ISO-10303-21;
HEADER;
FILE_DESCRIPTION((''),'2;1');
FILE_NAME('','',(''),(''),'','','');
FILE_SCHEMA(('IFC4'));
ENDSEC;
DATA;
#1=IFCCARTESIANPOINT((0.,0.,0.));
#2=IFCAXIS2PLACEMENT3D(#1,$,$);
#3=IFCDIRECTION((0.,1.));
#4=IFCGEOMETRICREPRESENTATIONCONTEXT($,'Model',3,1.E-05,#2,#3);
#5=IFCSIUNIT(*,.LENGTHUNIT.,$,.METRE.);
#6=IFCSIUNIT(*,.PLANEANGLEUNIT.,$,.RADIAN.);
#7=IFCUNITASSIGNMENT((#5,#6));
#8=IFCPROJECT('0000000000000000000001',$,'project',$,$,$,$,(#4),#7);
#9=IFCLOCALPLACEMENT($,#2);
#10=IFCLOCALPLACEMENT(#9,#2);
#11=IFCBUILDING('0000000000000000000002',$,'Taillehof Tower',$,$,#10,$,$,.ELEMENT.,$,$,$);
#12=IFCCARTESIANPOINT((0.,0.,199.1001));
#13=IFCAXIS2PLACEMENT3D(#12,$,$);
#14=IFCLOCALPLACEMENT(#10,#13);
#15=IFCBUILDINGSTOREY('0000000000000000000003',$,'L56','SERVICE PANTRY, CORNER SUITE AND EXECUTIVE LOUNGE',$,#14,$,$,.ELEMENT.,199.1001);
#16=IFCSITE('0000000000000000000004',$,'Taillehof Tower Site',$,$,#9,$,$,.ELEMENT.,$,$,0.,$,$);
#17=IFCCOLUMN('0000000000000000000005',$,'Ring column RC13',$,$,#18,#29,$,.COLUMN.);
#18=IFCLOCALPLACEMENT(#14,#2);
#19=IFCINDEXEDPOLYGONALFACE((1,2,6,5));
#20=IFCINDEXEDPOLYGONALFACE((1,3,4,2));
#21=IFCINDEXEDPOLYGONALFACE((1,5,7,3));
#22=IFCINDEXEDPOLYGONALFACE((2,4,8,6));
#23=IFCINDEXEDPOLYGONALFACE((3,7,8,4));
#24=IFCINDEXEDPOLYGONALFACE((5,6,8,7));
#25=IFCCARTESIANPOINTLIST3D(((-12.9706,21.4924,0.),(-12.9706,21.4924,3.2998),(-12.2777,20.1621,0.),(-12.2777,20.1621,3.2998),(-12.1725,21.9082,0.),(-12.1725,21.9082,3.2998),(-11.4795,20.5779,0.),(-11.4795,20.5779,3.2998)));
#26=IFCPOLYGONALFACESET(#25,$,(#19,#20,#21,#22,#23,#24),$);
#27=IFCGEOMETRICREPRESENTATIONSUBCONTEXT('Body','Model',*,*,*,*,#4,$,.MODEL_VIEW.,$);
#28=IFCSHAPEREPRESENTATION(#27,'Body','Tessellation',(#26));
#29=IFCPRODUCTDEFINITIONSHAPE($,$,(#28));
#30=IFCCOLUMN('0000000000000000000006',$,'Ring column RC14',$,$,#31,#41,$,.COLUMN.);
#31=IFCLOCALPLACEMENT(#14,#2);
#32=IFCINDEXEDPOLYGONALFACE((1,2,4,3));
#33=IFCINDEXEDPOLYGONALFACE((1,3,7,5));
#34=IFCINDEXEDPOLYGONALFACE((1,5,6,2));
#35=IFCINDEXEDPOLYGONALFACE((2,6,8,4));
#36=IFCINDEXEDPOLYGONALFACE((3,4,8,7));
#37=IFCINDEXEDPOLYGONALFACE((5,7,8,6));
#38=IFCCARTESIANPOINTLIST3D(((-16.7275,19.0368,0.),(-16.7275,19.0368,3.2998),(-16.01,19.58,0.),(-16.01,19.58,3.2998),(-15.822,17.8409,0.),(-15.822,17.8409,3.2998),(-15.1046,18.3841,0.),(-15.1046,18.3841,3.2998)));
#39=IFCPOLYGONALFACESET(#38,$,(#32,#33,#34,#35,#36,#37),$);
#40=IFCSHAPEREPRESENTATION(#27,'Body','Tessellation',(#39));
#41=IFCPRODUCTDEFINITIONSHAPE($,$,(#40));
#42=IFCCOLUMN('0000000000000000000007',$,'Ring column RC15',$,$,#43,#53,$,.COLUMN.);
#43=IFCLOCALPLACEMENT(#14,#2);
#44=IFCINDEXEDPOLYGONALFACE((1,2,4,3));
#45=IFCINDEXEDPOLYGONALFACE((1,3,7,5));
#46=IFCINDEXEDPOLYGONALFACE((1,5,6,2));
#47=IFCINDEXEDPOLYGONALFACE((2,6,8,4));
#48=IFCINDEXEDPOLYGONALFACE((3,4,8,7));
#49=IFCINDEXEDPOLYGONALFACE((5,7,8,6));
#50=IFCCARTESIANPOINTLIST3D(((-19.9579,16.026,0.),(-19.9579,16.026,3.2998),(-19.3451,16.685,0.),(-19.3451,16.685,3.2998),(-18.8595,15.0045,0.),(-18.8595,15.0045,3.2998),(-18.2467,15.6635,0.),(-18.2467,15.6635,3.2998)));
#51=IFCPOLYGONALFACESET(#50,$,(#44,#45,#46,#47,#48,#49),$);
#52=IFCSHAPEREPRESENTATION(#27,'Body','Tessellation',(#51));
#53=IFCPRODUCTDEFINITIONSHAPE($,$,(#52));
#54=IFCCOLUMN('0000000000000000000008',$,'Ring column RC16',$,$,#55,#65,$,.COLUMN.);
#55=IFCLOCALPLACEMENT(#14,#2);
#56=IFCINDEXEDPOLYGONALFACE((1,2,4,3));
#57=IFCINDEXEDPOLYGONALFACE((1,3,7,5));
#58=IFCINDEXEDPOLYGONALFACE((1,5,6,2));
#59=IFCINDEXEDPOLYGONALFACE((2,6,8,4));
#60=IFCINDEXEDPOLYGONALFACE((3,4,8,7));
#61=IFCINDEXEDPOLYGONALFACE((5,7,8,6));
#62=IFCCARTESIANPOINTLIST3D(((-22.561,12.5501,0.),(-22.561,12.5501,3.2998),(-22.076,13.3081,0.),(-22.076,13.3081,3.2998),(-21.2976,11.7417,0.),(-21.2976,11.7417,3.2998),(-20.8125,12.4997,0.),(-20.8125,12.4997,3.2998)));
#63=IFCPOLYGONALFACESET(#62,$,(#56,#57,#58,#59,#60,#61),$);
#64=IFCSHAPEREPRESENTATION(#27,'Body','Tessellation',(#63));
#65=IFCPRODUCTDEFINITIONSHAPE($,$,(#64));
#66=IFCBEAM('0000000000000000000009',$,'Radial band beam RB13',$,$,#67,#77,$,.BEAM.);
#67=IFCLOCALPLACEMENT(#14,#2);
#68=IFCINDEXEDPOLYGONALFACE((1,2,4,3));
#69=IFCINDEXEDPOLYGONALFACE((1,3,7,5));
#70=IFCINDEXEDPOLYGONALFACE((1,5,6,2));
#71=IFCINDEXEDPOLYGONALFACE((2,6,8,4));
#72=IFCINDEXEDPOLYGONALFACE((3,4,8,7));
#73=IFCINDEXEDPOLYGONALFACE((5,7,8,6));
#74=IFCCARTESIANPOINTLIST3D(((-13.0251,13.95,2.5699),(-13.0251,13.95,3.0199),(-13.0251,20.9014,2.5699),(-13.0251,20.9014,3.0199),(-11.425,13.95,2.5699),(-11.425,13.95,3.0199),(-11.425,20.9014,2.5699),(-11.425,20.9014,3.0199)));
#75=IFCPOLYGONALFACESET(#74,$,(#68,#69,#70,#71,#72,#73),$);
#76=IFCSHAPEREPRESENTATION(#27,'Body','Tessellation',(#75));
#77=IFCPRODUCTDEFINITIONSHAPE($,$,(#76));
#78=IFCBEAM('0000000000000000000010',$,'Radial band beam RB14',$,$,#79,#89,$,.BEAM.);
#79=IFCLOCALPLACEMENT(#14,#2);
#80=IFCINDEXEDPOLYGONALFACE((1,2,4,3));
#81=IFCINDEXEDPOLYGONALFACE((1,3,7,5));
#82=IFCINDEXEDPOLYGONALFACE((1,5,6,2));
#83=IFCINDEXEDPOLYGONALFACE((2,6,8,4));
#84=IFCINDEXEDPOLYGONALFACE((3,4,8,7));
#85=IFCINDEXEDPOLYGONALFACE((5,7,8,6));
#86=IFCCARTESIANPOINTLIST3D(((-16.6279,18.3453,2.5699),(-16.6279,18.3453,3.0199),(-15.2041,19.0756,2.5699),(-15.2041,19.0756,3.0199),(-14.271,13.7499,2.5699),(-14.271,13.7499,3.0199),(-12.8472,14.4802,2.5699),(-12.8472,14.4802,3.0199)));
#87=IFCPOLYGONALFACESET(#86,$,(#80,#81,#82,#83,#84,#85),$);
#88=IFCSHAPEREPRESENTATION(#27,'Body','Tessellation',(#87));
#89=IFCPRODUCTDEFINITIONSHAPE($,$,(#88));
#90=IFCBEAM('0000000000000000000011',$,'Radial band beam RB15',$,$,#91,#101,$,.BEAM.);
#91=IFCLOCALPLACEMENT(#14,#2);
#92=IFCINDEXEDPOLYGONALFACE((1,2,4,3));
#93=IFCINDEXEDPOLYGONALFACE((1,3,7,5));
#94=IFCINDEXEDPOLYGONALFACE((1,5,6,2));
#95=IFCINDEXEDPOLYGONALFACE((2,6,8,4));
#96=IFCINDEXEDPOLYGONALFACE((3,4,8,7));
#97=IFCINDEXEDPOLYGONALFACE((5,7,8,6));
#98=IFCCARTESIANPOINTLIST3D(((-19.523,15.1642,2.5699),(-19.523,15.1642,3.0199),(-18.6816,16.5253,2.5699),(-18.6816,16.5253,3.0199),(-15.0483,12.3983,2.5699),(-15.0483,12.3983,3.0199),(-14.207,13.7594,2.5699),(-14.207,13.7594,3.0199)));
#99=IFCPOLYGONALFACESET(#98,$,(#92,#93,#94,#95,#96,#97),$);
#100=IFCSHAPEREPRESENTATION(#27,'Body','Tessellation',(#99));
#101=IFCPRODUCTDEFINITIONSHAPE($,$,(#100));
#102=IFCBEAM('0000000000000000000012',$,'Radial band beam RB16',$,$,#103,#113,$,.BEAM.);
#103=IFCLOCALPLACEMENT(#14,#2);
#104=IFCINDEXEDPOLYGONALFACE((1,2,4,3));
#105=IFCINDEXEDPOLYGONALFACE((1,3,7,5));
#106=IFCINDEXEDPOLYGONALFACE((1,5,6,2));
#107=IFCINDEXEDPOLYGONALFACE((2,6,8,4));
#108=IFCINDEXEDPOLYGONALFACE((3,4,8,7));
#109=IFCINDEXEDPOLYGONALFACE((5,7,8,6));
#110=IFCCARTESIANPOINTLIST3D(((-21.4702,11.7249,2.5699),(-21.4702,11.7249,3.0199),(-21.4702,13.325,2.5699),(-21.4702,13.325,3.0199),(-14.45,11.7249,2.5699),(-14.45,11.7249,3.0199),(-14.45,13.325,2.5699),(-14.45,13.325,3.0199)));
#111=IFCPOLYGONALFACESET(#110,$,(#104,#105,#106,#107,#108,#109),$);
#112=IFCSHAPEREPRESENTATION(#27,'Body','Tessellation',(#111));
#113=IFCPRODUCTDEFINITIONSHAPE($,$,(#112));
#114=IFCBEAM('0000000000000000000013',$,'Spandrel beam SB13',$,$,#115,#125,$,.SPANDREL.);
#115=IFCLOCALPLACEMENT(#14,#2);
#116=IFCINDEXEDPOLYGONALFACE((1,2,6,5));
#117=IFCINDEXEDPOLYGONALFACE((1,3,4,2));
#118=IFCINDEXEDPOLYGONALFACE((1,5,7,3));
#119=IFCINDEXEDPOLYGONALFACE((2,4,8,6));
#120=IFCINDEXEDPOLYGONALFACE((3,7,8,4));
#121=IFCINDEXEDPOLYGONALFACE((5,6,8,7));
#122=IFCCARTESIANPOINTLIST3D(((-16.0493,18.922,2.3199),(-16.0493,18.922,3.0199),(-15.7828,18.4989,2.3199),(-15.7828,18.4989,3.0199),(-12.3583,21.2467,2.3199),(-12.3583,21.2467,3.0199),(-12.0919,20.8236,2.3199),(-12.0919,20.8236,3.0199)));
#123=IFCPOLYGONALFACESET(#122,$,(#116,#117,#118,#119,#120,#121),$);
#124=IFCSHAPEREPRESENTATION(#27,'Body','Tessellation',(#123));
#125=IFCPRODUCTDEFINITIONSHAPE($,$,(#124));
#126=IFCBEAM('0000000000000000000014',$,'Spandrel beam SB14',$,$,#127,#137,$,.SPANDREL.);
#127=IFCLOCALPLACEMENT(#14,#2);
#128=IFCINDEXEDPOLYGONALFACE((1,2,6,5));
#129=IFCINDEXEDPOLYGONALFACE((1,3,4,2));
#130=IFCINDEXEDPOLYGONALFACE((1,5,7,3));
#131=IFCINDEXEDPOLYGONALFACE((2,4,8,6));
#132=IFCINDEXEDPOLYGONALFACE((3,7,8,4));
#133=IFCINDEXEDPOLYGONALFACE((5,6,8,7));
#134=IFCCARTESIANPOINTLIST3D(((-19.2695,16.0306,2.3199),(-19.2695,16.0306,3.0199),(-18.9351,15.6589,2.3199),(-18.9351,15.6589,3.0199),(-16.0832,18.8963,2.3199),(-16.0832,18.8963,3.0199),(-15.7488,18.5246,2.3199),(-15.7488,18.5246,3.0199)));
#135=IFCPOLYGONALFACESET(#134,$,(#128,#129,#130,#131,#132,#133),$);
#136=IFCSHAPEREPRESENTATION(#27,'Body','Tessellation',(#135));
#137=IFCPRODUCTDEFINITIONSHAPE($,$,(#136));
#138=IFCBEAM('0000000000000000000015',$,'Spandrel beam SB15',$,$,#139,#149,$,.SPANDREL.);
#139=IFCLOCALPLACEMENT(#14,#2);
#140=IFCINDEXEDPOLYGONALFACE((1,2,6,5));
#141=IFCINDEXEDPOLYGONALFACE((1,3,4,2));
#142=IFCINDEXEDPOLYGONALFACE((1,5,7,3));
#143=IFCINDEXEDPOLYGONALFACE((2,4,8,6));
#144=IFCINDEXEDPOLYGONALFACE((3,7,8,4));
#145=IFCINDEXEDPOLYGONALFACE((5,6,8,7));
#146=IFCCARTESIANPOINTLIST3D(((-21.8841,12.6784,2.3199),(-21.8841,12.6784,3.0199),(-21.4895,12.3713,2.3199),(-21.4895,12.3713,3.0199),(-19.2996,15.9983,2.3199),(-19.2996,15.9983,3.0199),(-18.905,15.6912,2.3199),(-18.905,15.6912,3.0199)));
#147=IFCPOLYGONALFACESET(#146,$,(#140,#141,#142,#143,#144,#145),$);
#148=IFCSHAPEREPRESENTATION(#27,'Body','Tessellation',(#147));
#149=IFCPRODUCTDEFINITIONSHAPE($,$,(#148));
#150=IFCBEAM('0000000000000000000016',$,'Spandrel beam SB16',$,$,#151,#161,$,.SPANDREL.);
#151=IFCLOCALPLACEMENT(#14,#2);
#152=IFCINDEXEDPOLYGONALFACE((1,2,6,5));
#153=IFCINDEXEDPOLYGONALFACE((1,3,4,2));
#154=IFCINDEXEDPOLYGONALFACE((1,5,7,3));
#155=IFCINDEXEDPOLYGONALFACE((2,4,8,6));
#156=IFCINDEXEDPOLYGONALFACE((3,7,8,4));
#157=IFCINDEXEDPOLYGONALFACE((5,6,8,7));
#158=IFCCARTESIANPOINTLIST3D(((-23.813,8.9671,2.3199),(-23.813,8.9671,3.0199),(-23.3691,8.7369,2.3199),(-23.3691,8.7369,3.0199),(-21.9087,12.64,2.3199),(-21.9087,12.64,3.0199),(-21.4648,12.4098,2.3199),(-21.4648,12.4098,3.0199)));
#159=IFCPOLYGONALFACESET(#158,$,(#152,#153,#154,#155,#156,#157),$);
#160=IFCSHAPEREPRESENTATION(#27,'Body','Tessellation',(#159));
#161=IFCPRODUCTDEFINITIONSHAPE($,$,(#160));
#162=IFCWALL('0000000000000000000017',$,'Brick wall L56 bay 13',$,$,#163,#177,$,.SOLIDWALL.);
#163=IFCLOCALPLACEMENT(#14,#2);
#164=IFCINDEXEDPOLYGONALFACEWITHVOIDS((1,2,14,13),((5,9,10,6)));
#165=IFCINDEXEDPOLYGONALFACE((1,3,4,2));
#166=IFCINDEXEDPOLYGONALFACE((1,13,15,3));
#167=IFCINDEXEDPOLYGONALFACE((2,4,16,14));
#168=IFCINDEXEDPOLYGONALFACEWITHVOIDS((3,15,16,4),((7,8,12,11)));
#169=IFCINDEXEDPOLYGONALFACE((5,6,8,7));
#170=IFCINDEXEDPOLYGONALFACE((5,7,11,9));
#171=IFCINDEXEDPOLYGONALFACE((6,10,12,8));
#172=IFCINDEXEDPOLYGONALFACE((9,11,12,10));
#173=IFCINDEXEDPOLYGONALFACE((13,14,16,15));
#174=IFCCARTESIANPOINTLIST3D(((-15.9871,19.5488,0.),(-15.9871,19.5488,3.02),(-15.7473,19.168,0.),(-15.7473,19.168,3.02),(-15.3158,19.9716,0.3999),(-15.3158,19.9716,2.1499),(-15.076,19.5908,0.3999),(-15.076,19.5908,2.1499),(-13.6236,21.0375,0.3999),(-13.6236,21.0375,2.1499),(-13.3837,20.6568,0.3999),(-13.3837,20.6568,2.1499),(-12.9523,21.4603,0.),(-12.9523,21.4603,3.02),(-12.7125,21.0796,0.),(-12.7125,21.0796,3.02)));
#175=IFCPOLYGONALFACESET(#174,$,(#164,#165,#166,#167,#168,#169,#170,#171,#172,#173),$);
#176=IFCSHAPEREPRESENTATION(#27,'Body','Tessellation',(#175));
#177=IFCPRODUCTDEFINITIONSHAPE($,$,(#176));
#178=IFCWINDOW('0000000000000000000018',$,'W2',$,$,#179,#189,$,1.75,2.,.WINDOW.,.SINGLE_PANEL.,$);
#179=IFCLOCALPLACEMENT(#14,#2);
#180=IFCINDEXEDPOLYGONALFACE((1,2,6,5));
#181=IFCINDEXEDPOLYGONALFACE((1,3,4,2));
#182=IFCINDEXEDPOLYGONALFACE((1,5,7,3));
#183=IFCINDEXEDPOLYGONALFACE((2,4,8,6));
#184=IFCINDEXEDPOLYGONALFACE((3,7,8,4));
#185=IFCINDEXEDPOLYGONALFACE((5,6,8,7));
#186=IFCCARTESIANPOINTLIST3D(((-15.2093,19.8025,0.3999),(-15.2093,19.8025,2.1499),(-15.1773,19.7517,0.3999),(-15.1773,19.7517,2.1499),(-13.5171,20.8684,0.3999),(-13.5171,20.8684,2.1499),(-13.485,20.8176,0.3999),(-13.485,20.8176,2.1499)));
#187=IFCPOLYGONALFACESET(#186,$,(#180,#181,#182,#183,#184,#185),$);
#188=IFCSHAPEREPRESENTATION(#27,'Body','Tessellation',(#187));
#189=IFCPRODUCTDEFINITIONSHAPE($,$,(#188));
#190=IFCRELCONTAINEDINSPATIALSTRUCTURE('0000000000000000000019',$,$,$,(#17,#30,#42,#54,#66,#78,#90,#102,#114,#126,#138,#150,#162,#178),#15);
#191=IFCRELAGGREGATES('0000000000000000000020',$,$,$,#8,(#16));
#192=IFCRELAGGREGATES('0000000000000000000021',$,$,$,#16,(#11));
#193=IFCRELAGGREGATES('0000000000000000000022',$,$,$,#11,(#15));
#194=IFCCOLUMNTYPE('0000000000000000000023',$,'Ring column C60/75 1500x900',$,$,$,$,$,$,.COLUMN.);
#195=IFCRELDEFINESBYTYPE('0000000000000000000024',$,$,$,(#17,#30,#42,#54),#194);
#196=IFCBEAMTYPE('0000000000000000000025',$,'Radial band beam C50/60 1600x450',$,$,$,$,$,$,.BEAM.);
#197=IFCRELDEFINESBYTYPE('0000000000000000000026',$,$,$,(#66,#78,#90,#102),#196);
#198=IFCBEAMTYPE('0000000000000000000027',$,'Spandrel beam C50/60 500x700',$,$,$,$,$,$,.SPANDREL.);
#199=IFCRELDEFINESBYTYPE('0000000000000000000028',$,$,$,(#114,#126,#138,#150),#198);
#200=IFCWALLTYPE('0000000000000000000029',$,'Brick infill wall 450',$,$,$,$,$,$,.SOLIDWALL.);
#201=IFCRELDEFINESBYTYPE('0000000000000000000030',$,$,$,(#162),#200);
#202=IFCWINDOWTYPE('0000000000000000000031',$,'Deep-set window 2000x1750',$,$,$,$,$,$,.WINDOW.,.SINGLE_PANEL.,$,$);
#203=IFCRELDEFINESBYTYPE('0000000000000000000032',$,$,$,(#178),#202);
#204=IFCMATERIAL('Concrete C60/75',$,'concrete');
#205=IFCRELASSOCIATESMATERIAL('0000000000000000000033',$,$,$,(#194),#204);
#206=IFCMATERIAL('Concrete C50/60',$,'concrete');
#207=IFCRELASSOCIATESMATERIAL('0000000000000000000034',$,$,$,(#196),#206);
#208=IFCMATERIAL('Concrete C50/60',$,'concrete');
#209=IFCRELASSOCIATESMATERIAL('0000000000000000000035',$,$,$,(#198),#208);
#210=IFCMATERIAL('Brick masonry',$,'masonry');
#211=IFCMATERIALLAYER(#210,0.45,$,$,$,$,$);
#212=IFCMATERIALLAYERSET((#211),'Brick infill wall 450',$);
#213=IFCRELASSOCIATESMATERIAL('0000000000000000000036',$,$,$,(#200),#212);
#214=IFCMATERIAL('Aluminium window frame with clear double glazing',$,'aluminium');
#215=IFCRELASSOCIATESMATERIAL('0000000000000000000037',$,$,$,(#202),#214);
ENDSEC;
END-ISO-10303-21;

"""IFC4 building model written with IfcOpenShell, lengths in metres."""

from ifc_helpers import new_model, si_unit, direction, frame, frame_2d, origin, origin_2d, place, context, subcontext, project, spatial, rectangle, extrude, material, layer, layer_set, material_profile, profile_set, type_object, element, fill, save


model = new_model("IFC4")

# Units and contexts
model_context = context("Model", 3, precision=1e-05, world=origin(), true_north=direction((0.0, 1.0)))
body_context = subcontext(model_context, "Body", "Model", "MODEL_VIEW")
ifc_project = project(units=[si_unit("LENGTHUNIT", "METRE"), si_unit("PLANEANGLEUNIT", "RADIAN")], contexts=[model_context])

# Site, building, storey
site_placement = place(None, origin())
site = spatial("IfcSite", under=ifc_project, at=site_placement, Name="Taillehof Tower Site", CompositionType="ELEMENT", RefElevation=0.0)
building_placement = place(site_placement, origin())
building = spatial("IfcBuilding", under=site, at=building_placement, Name="Taillehof Tower", CompositionType="ELEMENT")
storey_placement = place(building_placement, frame((0.0, 0.0, 199.1001)))
storey = spatial("IfcBuildingStorey", under=building, at=storey_placement, Name="L56", Description="SERVICE PANTRY, CORNER SUITE AND EXECUTIVE LOUNGE", CompositionType="ELEMENT", Elevation=199.1001)

# Columns
ifc_material_1 = material(Name="Concrete C60/75", Category="concrete")
ifc_material_profile_1 = material_profile(ifc_material_1, rectangle(XDim=1.5, YDim=0.8999, at=origin_2d()), Name="RC 1500x900")
ifc_profile_set_1 = profile_set([ifc_material_profile_1], Name="Concrete C60/75")
column_type = type_object("IfcColumnType", Name="Ring column C60/75 1500x900", PredefinedType="COLUMN", material=ifc_profile_set_1)
for number, where, z_axis, x_axis, name in (
    (1, (-12.2251, 21.0352, 0.0), (0.0, 0.0, 1.0), (-0.461993, 0.886883, 0.0), "Ring column RC13"),
    (2, (-15.916, 18.7104, 0.0), (0.0, 0.0, 1.0), (-0.603608, 0.797281, 0.0), "Ring column RC14"),
    (3, (-19.1023, 15.8447, 0.0), (0.0, 0.0, 1.0), (-0.732271, 0.681013, 0.0), "Ring column RC15"),
    (4, (-21.6868, 12.5249, 0.0), (0.0, 0.0, 1.0), (-0.842311, 0.538992, 0.0), "Ring column RC16"),
):
    element("IfcColumn", number, at=place(storey_placement, frame(where, z_axis=z_axis, x_axis=x_axis)), inside=storey, type_object=column_type, Name=name, PredefinedType="COLUMN", context=body_context, shape_type="SweptSolid", body=[
        extrude(rectangle(XDim=1.5, YDim=0.8999, at=origin_2d()), origin(), (0.0, 0.0, 1.0), 3.2998),
    ])

# Beams
ifc_material_2 = material(Name="Concrete C50/60", Category="concrete")
ifc_material_profile_2 = material_profile(ifc_material_2, rectangle(XDim=1.6001, YDim=0.45, at=origin_2d()), Name="RC 1600x450")
ifc_profile_set_2 = profile_set([ifc_material_profile_2], Name="Concrete C50/60")
beam_type_1 = type_object("IfcBeamType", Name="Radial band beam C50/60 1600x450", PredefinedType="BEAM", material=ifc_profile_set_2)
beam_1_placement = place(storey_placement, frame((-12.2251, 20.9014, 2.7949), z_axis=(0.0, -1.0, 0.0), x_axis=(1.0, 0.0, 0.0)))
element("IfcBeam", 5, at=beam_1_placement, inside=storey, type_object=beam_type_1, Name="Radial band beam RB13", PredefinedType="BEAM", context=body_context, shape_type="SweptSolid", body=[
    extrude(rectangle(XDim=1.6001, YDim=0.45, at=origin_2d()), origin(), (0.0, 0.0, 1.0), 6.9514),
])
beam_2_placement = place(storey_placement, frame((-15.916, 18.7104, 2.7949), z_axis=(0.456361, -0.889795, 0.0), x_axis=(0.889795, 0.456361, 0.0)))
element("IfcBeam", 6, at=beam_2_placement, inside=storey, type_object=beam_type_1, Name="Radial band beam RB14", PredefinedType="BEAM", context=body_context, shape_type="SweptSolid", body=[
    extrude(rectangle(XDim=1.6001, YDim=0.45, at=origin_2d()), origin(), (0.0, 0.0, 1.0), 5.1646),
])
beam_3_placement = place(storey_placement, frame((-19.1023, 15.8447, 2.7949), z_axis=(0.850616, -0.525787, 0.0), x_axis=(0.525787, 0.850616, 0.0)))
element("IfcBeam", 7, at=beam_3_placement, inside=storey, type_object=beam_type_1, Name="Radial band beam RB15", PredefinedType="BEAM", context=body_context, shape_type="SweptSolid", body=[
    extrude(rectangle(XDim=1.6001, YDim=0.45, at=origin_2d()), origin(), (0.0, 0.0, 1.0), 5.2605),
])
beam_4_placement = place(storey_placement, frame((-21.4702, 12.5249, 2.7949), z_axis=(1.0, 0.0, 0.0), x_axis=(0.0, 1.0, 0.0)))
element("IfcBeam", 8, at=beam_4_placement, inside=storey, type_object=beam_type_1, Name="Radial band beam RB16", PredefinedType="BEAM", context=body_context, shape_type="SweptSolid", body=[
    extrude(rectangle(XDim=1.6001, YDim=0.45, at=origin_2d()), origin(), (0.0, 0.0, 1.0), 7.0203),
])
ifc_material_3 = material(Name="Concrete C50/60", Category="concrete")
ifc_material_profile_3 = material_profile(ifc_material_3, rectangle(XDim=0.5, YDim=0.7, at=origin_2d()), Name="RC 500x700")
ifc_profile_set_3 = profile_set([ifc_material_profile_3], Name="Concrete C50/60")
beam_type_2 = type_object("IfcBeamType", Name="Spandrel beam C50/60 500x700", PredefinedType="SPANDREL", material=ifc_profile_set_3)
beam_5_placement = place(storey_placement, frame((-12.2251, 21.0352, 2.6699), z_axis=(-0.846151, -0.532944, 0.0), x_axis=(0.532944, -0.846151, 0.0)))
element("IfcBeam", 9, at=beam_5_placement, inside=storey, type_object=beam_type_2, Name="Spandrel beam SB13", PredefinedType="SPANDREL", context=body_context, shape_type="SweptSolid", body=[
    extrude(rectangle(XDim=0.5, YDim=0.7, at=origin_2d()), origin(), (0.0, 0.0, 1.0), 4.3621),
])
beam_6_placement = place(storey_placement, frame((-15.916, 18.7104, 2.6699), z_axis=(-0.743518, -0.668716, 0.0), x_axis=(0.668716, -0.743518, 0.0)))
element("IfcBeam", 10, at=beam_6_placement, inside=storey, type_object=beam_type_2, Name="Spandrel beam SB14", PredefinedType="SPANDREL", context=body_context, shape_type="SweptSolid", body=[
    extrude(rectangle(XDim=0.5, YDim=0.7, at=origin_2d()), origin(), (0.0, 0.0, 1.0), 4.2854),
])
beam_7_placement = place(storey_placement, frame((-19.1023, 15.8447, 2.6699), z_axis=(-0.614294, -0.789077, 0.0), x_axis=(0.789077, -0.614294, 0.0)))
element("IfcBeam", 11, at=beam_7_placement, inside=storey, type_object=beam_type_2, Name="Spandrel beam SB15", PredefinedType="SPANDREL", context=body_context, shape_type="SweptSolid", body=[
    extrude(rectangle(XDim=0.5, YDim=0.7, at=origin_2d()), origin(), (0.0, 0.0, 1.0), 4.2073),
])
beam_8_placement = place(storey_placement, frame((-21.6868, 12.5249, 2.6699), z_axis=(-0.46029, -0.887769, 0.0), x_axis=(0.887769, -0.46029, 0.0)))
element("IfcBeam", 12, at=beam_8_placement, inside=storey, type_object=beam_type_2, Name="Spandrel beam SB16", PredefinedType="SPANDREL", context=body_context, shape_type="SweptSolid", body=[
    extrude(rectangle(XDim=0.5, YDim=0.7, at=origin_2d()), origin(), (0.0, 0.0, 1.0), 4.1372),
])

# Wall, opening, window
ifc_material_4 = material(Name="Brick masonry", Category="masonry")
ifc_layer_1 = layer(ifc_material_4, 0.45)
ifc_layer_set_1 = layer_set([ifc_layer_1], Name="Brick infill wall 450")
wall_type_1 = type_object("IfcWallType", Name="Brick infill wall 450", PredefinedType="SOLIDWALL", material=ifc_layer_set_1)
wall_1_placement = place(storey_placement, frame((-12.8323, 21.27, 0.0), z_axis=(0.0, 0.0, 1.0), x_axis=(-0.846138, -0.532963, 0.0)))
wall_1 = element("IfcWall", 13, at=wall_1_placement, inside=storey, type_object=wall_type_1, Name="Brick wall L56 bay 13", PredefinedType="SOLIDWALL", context=body_context, shape_type="SweptSolid", body=[
    extrude(rectangle(XDim=3.5867, YDim=0.45, at=frame_2d((1.7935, 0.0))), origin(), (0.0, 0.0, 1.0), 3.02),
])
opening_1_placement = place(wall_1_placement, frame((0.7935, 0.0, 0.3999)))
opening_1 = element("IfcOpeningElement", 14, at=opening_1_placement, cuts=wall_1, PredefinedType="OPENING", context=body_context, shape_type="SweptSolid", body=[
    extrude(rectangle(XDim=2.0, YDim=1.75, at=frame_2d((1.0, 0.875))), frame((0.0, 0.2349, 0.0), z_axis=(0.0, -1.0, 0.0), x_axis=(1.0, 0.0, 0.0)), (0.0, 0.0, 1.0), 0.47),
])
ifc_material_5 = material(Name="Aluminium window frame with clear double glazing", Category="aluminium")
window_type_1 = type_object("IfcWindowType", Name="Deep-set window 2000x1750", PartitioningType="SINGLE_PANEL", PredefinedType="WINDOW", material=ifc_material_5)
window_1_placement = place(opening_1_placement, origin())
window_1 = element("IfcWindow", 15, at=window_1_placement, inside=storey, type_object=window_type_1, Name="W2", OverallHeight=1.75, OverallWidth=2.0, PartitioningType="SINGLE_PANEL", PredefinedType="WINDOW", context=body_context, shape_type="SweptSolid", body=[
    extrude(rectangle(XDim=2.0, YDim=1.75, at=frame_2d((1.0, 0.875))), frame((0.0, 0.0349, 0.0), z_axis=(0.0, -1.0, 0.0), x_axis=(1.0, 0.0, 0.0)), (0.0, 0.0, 1.0), 0.0601),
])
fill(opening_1, window_1)

save(model, "model.ifc")
